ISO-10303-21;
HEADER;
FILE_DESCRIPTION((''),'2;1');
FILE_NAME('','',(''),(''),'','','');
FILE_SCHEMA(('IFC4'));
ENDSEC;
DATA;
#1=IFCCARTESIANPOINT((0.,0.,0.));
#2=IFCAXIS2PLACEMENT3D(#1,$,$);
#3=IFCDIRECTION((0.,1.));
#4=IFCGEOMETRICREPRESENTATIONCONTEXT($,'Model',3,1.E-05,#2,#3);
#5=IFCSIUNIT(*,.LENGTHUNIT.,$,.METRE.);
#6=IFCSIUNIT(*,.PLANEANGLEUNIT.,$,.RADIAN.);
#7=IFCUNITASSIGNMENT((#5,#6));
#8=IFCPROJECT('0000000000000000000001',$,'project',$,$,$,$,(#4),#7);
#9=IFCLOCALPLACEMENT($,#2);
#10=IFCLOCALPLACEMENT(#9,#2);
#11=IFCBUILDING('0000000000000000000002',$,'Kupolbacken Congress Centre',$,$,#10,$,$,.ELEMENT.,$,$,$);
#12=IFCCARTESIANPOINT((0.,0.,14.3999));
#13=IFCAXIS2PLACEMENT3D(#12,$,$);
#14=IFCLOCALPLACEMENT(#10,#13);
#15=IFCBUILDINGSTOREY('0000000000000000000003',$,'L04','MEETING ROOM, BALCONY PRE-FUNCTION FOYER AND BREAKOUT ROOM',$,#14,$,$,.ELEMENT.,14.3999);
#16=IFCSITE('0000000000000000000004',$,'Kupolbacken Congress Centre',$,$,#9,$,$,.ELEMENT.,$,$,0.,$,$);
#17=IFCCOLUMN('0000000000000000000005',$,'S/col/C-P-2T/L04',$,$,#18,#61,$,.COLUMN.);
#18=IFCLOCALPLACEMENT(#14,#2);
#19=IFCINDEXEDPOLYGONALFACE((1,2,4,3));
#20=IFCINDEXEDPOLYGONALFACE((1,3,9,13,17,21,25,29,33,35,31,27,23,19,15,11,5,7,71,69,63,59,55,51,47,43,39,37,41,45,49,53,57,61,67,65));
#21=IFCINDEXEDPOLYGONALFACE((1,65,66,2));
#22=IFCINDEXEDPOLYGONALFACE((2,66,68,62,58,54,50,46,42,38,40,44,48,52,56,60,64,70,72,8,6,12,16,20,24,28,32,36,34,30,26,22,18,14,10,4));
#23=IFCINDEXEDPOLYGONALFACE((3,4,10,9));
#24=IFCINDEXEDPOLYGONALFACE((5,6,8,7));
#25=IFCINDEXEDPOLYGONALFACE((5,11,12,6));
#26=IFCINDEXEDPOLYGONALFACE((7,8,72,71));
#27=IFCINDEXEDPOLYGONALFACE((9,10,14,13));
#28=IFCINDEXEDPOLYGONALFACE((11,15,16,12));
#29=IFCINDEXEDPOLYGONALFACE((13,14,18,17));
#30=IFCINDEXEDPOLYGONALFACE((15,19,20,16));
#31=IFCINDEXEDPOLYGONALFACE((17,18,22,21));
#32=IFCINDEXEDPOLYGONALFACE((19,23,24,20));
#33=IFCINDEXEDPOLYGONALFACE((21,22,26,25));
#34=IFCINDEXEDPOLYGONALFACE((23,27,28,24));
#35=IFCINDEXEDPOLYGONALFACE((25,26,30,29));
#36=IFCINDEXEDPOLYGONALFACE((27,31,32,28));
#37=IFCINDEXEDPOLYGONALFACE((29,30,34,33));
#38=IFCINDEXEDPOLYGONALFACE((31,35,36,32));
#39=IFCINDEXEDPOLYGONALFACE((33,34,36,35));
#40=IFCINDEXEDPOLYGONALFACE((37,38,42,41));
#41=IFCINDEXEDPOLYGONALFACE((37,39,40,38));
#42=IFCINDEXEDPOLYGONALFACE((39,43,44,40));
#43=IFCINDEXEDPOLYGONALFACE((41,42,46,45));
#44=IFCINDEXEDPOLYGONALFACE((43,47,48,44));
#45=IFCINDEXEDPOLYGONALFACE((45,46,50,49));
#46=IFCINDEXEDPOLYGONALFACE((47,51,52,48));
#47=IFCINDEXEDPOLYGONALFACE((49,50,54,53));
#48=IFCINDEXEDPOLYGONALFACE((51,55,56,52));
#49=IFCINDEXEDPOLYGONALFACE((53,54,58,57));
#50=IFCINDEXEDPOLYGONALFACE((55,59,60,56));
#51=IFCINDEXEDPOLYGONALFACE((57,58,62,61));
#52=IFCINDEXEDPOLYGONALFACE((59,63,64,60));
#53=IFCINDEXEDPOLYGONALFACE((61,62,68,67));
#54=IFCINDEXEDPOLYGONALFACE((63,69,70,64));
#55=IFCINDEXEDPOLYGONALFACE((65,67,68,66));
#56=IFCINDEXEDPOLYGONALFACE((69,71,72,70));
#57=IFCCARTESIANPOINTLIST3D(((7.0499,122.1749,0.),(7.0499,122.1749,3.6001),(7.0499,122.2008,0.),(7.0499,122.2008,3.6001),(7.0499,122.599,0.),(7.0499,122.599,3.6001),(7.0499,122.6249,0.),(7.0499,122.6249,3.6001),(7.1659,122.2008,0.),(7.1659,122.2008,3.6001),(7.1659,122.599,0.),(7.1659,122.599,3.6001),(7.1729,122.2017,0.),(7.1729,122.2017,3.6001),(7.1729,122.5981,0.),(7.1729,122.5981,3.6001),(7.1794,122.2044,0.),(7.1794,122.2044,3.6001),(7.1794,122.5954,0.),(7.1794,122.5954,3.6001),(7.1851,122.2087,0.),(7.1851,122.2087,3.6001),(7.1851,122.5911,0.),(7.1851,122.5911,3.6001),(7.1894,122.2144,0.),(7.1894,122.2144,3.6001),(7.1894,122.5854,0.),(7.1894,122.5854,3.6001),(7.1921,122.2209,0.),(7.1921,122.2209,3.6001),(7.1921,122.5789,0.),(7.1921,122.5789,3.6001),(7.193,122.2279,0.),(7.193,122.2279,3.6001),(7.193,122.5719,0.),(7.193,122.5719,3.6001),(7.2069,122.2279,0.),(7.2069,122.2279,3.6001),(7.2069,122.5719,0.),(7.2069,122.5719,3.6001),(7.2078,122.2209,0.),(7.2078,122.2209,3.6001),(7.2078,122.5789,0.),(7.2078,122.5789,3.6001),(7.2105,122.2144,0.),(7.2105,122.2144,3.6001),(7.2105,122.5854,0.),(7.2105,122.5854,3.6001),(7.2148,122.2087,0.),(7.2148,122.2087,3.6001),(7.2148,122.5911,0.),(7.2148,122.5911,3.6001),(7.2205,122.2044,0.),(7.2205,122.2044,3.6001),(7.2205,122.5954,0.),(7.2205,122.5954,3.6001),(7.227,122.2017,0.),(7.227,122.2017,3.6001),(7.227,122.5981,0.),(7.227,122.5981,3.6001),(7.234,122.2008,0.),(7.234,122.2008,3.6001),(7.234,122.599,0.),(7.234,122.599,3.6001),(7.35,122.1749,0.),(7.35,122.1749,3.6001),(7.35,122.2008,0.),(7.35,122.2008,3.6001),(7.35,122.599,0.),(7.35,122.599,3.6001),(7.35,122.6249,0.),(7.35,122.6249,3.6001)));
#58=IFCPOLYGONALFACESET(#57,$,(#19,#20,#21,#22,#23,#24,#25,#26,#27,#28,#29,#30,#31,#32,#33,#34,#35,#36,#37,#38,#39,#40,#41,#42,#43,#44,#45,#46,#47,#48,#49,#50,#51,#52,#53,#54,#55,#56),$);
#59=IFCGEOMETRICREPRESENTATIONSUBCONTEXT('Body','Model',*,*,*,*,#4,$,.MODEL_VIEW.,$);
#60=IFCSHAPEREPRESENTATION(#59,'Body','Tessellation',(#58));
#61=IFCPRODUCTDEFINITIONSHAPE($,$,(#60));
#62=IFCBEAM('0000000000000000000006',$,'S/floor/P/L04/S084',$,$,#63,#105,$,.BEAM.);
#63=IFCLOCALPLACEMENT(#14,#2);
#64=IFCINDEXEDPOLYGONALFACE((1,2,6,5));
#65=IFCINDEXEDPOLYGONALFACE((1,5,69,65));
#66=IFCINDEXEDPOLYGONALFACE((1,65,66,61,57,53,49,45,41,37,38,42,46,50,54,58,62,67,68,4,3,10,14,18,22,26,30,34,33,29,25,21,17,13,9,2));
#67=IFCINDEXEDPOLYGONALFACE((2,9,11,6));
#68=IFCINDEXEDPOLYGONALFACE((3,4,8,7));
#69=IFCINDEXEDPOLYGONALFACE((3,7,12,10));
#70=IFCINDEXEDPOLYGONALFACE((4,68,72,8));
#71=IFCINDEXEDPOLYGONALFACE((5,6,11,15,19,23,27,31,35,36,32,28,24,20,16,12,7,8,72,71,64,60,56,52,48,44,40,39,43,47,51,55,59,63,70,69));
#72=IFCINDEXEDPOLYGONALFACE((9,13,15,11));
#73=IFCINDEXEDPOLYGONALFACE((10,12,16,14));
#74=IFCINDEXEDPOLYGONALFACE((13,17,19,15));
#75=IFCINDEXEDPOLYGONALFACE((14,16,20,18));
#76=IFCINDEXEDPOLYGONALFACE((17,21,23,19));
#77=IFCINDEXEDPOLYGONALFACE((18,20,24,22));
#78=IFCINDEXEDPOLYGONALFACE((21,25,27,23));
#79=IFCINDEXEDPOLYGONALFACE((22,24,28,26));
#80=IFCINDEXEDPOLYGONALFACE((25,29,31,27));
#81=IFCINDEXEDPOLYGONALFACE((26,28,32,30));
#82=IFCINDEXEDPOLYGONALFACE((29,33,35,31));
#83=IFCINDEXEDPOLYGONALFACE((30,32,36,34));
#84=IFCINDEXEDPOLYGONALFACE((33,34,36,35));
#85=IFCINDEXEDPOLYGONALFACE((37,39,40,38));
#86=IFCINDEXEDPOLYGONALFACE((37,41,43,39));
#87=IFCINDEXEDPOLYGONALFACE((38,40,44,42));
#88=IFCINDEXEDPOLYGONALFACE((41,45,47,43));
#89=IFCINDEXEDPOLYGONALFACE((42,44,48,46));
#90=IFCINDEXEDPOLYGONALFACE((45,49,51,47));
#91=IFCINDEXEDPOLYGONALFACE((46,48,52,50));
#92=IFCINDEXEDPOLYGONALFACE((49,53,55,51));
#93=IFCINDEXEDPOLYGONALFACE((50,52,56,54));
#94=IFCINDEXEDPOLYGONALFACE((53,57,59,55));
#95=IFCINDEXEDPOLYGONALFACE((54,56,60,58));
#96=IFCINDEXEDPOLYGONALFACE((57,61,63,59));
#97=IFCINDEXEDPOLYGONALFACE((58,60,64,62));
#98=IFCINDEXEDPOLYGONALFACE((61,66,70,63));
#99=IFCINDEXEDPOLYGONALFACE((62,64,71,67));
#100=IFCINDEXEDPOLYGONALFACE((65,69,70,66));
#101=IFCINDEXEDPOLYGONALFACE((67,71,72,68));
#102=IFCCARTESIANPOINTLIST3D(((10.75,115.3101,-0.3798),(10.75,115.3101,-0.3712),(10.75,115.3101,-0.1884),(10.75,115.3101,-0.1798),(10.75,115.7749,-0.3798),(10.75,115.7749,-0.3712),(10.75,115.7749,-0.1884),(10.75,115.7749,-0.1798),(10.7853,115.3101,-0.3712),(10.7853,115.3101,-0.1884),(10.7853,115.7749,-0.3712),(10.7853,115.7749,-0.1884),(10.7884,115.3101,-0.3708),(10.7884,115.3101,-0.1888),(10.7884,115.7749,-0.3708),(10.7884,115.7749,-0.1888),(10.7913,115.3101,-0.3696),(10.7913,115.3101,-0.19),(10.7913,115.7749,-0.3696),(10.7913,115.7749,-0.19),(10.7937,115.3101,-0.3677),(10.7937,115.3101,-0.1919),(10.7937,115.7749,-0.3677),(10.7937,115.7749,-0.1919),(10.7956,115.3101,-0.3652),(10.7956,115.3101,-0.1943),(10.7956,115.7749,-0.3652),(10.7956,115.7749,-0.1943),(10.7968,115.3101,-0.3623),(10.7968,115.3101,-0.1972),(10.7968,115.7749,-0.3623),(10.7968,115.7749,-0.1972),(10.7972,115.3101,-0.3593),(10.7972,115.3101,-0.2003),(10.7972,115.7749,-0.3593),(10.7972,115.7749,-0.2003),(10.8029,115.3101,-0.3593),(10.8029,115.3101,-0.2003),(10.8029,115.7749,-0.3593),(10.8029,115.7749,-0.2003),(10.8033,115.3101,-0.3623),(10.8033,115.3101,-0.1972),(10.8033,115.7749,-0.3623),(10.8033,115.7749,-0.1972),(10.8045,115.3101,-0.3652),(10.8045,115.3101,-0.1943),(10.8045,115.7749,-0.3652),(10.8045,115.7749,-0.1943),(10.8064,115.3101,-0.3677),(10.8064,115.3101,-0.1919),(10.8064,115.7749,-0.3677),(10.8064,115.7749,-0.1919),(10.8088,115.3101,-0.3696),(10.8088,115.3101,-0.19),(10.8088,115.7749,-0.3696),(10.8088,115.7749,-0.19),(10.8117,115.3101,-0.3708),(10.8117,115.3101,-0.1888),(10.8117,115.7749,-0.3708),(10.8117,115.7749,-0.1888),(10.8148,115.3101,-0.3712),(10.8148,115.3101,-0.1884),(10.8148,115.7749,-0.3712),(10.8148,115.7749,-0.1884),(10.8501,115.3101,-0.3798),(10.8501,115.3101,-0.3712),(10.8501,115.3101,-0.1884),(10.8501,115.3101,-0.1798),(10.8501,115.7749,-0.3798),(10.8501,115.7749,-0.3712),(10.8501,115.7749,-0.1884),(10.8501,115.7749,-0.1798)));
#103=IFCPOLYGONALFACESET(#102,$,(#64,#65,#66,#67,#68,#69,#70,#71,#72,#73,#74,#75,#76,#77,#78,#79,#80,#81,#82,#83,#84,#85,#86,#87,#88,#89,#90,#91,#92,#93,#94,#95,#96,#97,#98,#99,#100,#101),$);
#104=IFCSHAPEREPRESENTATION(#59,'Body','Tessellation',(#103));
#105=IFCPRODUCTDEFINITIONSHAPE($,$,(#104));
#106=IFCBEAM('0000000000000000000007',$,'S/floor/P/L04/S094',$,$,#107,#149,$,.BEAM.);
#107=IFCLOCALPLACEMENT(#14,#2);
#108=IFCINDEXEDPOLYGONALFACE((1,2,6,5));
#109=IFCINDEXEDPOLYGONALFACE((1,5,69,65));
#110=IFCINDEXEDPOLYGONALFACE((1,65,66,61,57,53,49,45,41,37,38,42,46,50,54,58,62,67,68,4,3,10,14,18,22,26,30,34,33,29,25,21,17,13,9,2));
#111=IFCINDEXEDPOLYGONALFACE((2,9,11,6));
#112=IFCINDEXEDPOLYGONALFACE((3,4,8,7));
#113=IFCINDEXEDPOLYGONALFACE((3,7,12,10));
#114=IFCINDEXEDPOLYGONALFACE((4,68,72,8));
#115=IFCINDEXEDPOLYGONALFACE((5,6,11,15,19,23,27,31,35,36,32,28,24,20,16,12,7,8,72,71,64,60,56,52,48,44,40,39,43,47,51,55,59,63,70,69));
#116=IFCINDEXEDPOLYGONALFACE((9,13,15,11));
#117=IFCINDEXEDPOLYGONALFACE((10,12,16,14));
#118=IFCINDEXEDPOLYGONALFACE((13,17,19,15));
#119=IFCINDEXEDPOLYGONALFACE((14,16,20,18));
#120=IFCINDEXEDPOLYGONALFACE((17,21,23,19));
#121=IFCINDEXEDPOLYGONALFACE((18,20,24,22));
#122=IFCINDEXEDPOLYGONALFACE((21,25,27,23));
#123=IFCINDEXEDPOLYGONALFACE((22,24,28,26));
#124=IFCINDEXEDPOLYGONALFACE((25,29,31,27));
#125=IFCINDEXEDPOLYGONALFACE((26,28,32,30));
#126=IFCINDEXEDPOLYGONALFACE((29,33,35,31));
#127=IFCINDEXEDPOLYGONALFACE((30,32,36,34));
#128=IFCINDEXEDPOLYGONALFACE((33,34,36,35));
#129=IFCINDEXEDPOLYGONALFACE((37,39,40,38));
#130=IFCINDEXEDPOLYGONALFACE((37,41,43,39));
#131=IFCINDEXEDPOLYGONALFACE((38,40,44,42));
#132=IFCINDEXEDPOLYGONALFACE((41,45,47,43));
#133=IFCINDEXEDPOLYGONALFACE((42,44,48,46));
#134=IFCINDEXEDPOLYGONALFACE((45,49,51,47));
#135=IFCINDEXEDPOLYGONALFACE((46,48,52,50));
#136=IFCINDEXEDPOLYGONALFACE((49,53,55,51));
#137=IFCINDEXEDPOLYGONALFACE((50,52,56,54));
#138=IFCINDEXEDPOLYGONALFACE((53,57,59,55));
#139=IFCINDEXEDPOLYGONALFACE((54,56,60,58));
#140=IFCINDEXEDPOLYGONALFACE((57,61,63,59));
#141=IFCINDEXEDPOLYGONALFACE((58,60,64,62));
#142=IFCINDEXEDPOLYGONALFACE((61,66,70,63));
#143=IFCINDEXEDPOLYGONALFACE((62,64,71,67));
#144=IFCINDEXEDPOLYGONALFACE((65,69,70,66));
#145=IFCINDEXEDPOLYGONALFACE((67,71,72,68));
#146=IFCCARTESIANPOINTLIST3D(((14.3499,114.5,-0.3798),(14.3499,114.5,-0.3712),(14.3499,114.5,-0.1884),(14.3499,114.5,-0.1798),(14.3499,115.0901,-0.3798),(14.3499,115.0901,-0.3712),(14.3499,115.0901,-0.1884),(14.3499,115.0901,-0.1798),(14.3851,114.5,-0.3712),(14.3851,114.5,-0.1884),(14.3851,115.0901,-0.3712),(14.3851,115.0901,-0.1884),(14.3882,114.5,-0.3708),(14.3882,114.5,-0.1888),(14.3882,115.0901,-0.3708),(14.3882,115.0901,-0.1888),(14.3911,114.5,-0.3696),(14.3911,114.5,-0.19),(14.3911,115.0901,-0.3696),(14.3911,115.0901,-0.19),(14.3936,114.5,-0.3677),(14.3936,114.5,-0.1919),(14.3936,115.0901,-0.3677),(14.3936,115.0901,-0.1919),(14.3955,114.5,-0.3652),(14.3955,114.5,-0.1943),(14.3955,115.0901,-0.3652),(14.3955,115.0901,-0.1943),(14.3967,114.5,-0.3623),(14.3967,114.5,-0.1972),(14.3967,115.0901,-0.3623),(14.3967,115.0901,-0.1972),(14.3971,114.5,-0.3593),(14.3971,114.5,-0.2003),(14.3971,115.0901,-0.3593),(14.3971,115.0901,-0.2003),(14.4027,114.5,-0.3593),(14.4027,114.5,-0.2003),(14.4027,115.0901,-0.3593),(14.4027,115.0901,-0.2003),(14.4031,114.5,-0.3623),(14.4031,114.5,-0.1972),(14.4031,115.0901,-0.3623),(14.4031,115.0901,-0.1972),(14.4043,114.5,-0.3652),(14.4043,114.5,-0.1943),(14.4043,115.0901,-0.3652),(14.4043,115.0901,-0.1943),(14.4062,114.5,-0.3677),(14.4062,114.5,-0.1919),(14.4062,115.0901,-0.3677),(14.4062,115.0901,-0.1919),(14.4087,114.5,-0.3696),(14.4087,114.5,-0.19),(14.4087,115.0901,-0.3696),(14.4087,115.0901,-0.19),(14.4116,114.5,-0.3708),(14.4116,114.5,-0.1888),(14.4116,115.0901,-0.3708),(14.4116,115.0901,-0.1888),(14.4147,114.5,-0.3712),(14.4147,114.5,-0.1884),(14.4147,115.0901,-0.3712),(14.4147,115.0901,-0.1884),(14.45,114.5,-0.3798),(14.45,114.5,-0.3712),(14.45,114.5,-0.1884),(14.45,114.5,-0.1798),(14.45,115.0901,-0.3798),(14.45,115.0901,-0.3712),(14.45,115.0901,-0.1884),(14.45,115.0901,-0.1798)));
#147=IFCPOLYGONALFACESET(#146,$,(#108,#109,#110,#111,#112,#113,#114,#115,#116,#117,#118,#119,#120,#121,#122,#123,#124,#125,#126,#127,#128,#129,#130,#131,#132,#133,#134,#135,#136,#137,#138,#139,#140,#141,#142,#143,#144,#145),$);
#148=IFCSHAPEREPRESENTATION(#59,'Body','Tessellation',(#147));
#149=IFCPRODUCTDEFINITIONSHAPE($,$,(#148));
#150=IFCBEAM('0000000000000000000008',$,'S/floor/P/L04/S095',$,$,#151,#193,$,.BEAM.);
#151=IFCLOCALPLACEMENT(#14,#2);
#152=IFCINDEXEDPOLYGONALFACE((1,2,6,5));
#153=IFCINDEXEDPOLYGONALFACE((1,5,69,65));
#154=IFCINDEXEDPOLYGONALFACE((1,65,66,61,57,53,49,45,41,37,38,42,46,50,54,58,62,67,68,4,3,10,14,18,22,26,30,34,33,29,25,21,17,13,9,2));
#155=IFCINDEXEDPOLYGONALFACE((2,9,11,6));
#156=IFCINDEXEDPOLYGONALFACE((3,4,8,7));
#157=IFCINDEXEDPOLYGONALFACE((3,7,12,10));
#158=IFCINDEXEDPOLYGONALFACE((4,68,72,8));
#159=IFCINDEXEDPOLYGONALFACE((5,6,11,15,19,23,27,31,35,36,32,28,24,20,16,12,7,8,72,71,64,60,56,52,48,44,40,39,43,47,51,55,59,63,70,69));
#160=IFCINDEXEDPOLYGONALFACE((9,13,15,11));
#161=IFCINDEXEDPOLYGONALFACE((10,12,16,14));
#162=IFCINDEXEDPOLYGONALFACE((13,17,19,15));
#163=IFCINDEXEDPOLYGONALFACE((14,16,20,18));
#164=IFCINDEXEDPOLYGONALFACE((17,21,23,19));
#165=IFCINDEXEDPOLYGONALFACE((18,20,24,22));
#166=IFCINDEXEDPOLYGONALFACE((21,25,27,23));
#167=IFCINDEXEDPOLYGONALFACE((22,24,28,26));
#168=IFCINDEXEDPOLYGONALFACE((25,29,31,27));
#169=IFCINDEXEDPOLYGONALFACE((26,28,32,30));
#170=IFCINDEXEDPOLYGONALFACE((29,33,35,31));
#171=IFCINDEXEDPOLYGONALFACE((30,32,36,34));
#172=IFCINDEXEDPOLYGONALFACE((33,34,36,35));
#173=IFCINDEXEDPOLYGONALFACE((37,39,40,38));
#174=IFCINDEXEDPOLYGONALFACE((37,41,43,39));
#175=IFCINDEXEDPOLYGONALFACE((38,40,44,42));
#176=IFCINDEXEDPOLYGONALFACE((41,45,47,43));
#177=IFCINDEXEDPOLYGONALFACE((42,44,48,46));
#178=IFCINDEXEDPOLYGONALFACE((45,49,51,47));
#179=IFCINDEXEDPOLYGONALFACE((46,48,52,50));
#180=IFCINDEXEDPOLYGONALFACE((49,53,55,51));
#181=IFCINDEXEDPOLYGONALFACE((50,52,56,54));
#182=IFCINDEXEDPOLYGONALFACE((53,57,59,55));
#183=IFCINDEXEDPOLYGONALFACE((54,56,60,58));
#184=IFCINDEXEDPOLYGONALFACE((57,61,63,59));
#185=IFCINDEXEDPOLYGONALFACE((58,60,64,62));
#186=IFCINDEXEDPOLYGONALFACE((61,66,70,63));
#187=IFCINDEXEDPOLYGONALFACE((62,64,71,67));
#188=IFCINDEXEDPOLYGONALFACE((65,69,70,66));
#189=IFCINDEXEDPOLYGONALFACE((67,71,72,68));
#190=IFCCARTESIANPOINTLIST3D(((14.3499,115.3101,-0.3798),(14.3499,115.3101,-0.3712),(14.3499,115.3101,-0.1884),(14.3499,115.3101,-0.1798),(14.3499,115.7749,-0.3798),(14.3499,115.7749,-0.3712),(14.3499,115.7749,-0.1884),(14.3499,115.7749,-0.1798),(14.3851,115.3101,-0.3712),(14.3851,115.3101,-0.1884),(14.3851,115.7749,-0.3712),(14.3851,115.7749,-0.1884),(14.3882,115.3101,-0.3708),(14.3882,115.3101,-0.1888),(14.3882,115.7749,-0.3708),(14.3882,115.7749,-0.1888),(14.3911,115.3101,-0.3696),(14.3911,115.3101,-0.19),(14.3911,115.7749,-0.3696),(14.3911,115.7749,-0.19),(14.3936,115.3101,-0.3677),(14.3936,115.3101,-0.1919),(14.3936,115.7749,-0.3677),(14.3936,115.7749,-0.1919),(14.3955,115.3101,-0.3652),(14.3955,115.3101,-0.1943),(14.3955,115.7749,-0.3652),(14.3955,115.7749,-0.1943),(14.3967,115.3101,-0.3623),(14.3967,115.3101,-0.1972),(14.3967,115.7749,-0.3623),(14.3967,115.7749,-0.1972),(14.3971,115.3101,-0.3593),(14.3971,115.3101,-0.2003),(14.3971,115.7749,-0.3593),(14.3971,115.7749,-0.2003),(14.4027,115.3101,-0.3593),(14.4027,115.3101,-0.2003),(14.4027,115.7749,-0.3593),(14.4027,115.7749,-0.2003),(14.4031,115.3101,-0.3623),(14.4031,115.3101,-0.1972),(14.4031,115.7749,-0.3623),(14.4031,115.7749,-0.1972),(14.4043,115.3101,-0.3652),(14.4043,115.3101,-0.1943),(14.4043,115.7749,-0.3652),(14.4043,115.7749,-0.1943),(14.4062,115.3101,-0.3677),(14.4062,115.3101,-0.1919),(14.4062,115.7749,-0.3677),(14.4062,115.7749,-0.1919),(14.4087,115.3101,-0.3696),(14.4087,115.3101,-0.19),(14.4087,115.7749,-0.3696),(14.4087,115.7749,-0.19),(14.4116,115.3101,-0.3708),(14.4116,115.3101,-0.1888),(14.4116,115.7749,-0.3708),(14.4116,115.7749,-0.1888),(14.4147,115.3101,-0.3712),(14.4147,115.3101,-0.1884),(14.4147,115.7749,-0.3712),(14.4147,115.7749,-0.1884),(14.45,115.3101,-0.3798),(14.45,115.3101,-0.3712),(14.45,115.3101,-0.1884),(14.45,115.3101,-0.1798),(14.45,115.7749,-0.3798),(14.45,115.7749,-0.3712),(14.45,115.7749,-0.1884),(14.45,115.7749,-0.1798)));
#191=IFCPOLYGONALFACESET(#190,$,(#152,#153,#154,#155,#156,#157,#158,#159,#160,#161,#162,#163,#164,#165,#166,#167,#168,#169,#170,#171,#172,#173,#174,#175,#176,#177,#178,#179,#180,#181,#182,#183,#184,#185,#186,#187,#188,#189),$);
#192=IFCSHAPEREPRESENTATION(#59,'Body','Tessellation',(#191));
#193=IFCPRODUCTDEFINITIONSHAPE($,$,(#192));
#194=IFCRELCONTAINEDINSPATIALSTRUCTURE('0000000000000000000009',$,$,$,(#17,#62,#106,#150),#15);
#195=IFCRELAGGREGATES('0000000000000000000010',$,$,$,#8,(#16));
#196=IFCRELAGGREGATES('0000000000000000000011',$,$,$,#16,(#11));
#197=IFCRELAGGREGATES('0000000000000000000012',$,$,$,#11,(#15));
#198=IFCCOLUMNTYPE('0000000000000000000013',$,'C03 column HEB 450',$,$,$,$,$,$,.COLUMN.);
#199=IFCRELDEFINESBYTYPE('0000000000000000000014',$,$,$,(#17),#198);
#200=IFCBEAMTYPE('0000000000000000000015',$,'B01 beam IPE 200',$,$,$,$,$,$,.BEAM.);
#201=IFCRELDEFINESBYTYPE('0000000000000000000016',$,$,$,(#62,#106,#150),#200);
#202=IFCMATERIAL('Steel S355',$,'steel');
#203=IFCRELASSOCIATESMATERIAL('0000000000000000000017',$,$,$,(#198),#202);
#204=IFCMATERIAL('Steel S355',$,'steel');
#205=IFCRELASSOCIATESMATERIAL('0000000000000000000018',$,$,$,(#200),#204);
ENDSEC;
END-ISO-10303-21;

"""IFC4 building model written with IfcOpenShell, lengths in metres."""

from ifc_helpers import new_model, si_unit, direction, frame, origin, origin_2d, place, context, subcontext, project, spatial, i_section, extrude, material, material_profile, profile_set, type_object, element, save


model = new_model("IFC4")

# Units and contexts
model_context = context("Model", 3, precision=1e-05, world=origin(), true_north=direction((0.0, 1.0)))
body_context = subcontext(model_context, "Body", "Model", "MODEL_VIEW")
ifc_project = project(units=[si_unit("LENGTHUNIT", "METRE"), si_unit("PLANEANGLEUNIT", "RADIAN")], contexts=[model_context])

# Site, building, storey
site_placement = place(None, origin())
site = spatial("IfcSite", under=ifc_project, at=site_placement, Name="Kupolbacken Congress Centre", CompositionType="ELEMENT", RefElevation=0.0)
building_placement = place(site_placement, origin())
building = spatial("IfcBuilding", under=site, at=building_placement, Name="Kupolbacken Congress Centre", CompositionType="ELEMENT")
storey_placement = place(building_placement, frame((0.0, 0.0, 14.3999)))
storey = spatial("IfcBuildingStorey", under=building, at=storey_placement, Name="L04", Description="MEETING ROOM, BALCONY PRE-FUNCTION FOYER AND BREAKOUT ROOM", CompositionType="ELEMENT", Elevation=14.3999)

# Column
ifc_material_1 = material(Name="Steel S355", Category="steel")
ifc_material_profile_1 = material_profile(ifc_material_1, i_section(OverallWidth=0.3, OverallDepth=0.45, WebThickness=0.0139, FlangeThickness=0.0259, FilletRadius=0.0271, at=origin_2d()), Name="HEB 450")
ifc_profile_set_1 = profile_set([ifc_material_profile_1], Name="Steel S355")
column_type = type_object("IfcColumnType", Name="C03 column HEB 450", PredefinedType="COLUMN", material=ifc_profile_set_1)
column_placement = place(storey_placement, frame((7.2, 122.3999, 0.0), z_axis=(0.0, 0.0, 1.0), x_axis=(1.0, 0.0, 0.0)))
element("IfcColumn", 1, at=column_placement, inside=storey, type_object=column_type, Name="S/col/C-P-2T/L04", PredefinedType="COLUMN", context=body_context, shape_type="SweptSolid", body=[
    extrude(i_section(OverallWidth=0.3, OverallDepth=0.45, WebThickness=0.0139, FlangeThickness=0.0259, FilletRadius=0.0271, at=origin_2d()), origin(), (0.0, 0.0, 1.0), 3.6001),
])

# Beams
ifc_material_2 = material(Name="Steel S355", Category="steel")
ifc_material_profile_2 = material_profile(ifc_material_2, i_section(OverallWidth=0.1001, OverallDepth=0.2, WebThickness=0.0056, FlangeThickness=0.0085, FilletRadius=0.012, at=origin_2d()), Name="IPE 200")
ifc_profile_set_2 = profile_set([ifc_material_profile_2], Name="Steel S355")
beam_type_1 = type_object("IfcBeamType", Name="B01 beam IPE 200", PredefinedType="BEAM", material=ifc_profile_set_2)
beam_1_placement = place(storey_placement, frame((10.8, 115.3101, -0.2798), z_axis=(0.0, 1.0, 0.0), x_axis=(-1.0, 0.0, 0.0)))
element("IfcBeam", 2, at=beam_1_placement, inside=storey, type_object=beam_type_1, Name="S/floor/P/L04/S084", PredefinedType="BEAM", context=body_context, shape_type="SweptSolid", body=[
    extrude(i_section(OverallWidth=0.1001, OverallDepth=0.2, WebThickness=0.0056, FlangeThickness=0.0085, FilletRadius=0.012, at=origin_2d()), origin(), (0.0, 0.0, 1.0), 0.4648),
])
beam_2_placement = place(storey_placement, frame((14.3999, 114.5, -0.2798), z_axis=(0.0, 1.0, 0.0), x_axis=(-1.0, 0.0, 0.0)))
element("IfcBeam", 3, at=beam_2_placement, inside=storey, type_object=beam_type_1, Name="S/floor/P/L04/S094", PredefinedType="BEAM", context=body_context, shape_type="SweptSolid", body=[
    extrude(i_section(OverallWidth=0.1001, OverallDepth=0.2, WebThickness=0.0056, FlangeThickness=0.0085, FilletRadius=0.012, at=origin_2d()), origin(), (0.0, 0.0, 1.0), 0.5901),
])
beam_3_placement = place(storey_placement, frame((14.3999, 115.3101, -0.2798), z_axis=(0.0, 1.0, 0.0), x_axis=(-1.0, 0.0, 0.0)))
element("IfcBeam", 4, at=beam_3_placement, inside=storey, type_object=beam_type_1, Name="S/floor/P/L04/S095", PredefinedType="BEAM", context=body_context, shape_type="SweptSolid", body=[
    extrude(i_section(OverallWidth=0.1001, OverallDepth=0.2, WebThickness=0.0056, FlangeThickness=0.0085, FilletRadius=0.012, at=origin_2d()), origin(), (0.0, 0.0, 1.0), 0.4648),
])

save(model, "model.ifc")
